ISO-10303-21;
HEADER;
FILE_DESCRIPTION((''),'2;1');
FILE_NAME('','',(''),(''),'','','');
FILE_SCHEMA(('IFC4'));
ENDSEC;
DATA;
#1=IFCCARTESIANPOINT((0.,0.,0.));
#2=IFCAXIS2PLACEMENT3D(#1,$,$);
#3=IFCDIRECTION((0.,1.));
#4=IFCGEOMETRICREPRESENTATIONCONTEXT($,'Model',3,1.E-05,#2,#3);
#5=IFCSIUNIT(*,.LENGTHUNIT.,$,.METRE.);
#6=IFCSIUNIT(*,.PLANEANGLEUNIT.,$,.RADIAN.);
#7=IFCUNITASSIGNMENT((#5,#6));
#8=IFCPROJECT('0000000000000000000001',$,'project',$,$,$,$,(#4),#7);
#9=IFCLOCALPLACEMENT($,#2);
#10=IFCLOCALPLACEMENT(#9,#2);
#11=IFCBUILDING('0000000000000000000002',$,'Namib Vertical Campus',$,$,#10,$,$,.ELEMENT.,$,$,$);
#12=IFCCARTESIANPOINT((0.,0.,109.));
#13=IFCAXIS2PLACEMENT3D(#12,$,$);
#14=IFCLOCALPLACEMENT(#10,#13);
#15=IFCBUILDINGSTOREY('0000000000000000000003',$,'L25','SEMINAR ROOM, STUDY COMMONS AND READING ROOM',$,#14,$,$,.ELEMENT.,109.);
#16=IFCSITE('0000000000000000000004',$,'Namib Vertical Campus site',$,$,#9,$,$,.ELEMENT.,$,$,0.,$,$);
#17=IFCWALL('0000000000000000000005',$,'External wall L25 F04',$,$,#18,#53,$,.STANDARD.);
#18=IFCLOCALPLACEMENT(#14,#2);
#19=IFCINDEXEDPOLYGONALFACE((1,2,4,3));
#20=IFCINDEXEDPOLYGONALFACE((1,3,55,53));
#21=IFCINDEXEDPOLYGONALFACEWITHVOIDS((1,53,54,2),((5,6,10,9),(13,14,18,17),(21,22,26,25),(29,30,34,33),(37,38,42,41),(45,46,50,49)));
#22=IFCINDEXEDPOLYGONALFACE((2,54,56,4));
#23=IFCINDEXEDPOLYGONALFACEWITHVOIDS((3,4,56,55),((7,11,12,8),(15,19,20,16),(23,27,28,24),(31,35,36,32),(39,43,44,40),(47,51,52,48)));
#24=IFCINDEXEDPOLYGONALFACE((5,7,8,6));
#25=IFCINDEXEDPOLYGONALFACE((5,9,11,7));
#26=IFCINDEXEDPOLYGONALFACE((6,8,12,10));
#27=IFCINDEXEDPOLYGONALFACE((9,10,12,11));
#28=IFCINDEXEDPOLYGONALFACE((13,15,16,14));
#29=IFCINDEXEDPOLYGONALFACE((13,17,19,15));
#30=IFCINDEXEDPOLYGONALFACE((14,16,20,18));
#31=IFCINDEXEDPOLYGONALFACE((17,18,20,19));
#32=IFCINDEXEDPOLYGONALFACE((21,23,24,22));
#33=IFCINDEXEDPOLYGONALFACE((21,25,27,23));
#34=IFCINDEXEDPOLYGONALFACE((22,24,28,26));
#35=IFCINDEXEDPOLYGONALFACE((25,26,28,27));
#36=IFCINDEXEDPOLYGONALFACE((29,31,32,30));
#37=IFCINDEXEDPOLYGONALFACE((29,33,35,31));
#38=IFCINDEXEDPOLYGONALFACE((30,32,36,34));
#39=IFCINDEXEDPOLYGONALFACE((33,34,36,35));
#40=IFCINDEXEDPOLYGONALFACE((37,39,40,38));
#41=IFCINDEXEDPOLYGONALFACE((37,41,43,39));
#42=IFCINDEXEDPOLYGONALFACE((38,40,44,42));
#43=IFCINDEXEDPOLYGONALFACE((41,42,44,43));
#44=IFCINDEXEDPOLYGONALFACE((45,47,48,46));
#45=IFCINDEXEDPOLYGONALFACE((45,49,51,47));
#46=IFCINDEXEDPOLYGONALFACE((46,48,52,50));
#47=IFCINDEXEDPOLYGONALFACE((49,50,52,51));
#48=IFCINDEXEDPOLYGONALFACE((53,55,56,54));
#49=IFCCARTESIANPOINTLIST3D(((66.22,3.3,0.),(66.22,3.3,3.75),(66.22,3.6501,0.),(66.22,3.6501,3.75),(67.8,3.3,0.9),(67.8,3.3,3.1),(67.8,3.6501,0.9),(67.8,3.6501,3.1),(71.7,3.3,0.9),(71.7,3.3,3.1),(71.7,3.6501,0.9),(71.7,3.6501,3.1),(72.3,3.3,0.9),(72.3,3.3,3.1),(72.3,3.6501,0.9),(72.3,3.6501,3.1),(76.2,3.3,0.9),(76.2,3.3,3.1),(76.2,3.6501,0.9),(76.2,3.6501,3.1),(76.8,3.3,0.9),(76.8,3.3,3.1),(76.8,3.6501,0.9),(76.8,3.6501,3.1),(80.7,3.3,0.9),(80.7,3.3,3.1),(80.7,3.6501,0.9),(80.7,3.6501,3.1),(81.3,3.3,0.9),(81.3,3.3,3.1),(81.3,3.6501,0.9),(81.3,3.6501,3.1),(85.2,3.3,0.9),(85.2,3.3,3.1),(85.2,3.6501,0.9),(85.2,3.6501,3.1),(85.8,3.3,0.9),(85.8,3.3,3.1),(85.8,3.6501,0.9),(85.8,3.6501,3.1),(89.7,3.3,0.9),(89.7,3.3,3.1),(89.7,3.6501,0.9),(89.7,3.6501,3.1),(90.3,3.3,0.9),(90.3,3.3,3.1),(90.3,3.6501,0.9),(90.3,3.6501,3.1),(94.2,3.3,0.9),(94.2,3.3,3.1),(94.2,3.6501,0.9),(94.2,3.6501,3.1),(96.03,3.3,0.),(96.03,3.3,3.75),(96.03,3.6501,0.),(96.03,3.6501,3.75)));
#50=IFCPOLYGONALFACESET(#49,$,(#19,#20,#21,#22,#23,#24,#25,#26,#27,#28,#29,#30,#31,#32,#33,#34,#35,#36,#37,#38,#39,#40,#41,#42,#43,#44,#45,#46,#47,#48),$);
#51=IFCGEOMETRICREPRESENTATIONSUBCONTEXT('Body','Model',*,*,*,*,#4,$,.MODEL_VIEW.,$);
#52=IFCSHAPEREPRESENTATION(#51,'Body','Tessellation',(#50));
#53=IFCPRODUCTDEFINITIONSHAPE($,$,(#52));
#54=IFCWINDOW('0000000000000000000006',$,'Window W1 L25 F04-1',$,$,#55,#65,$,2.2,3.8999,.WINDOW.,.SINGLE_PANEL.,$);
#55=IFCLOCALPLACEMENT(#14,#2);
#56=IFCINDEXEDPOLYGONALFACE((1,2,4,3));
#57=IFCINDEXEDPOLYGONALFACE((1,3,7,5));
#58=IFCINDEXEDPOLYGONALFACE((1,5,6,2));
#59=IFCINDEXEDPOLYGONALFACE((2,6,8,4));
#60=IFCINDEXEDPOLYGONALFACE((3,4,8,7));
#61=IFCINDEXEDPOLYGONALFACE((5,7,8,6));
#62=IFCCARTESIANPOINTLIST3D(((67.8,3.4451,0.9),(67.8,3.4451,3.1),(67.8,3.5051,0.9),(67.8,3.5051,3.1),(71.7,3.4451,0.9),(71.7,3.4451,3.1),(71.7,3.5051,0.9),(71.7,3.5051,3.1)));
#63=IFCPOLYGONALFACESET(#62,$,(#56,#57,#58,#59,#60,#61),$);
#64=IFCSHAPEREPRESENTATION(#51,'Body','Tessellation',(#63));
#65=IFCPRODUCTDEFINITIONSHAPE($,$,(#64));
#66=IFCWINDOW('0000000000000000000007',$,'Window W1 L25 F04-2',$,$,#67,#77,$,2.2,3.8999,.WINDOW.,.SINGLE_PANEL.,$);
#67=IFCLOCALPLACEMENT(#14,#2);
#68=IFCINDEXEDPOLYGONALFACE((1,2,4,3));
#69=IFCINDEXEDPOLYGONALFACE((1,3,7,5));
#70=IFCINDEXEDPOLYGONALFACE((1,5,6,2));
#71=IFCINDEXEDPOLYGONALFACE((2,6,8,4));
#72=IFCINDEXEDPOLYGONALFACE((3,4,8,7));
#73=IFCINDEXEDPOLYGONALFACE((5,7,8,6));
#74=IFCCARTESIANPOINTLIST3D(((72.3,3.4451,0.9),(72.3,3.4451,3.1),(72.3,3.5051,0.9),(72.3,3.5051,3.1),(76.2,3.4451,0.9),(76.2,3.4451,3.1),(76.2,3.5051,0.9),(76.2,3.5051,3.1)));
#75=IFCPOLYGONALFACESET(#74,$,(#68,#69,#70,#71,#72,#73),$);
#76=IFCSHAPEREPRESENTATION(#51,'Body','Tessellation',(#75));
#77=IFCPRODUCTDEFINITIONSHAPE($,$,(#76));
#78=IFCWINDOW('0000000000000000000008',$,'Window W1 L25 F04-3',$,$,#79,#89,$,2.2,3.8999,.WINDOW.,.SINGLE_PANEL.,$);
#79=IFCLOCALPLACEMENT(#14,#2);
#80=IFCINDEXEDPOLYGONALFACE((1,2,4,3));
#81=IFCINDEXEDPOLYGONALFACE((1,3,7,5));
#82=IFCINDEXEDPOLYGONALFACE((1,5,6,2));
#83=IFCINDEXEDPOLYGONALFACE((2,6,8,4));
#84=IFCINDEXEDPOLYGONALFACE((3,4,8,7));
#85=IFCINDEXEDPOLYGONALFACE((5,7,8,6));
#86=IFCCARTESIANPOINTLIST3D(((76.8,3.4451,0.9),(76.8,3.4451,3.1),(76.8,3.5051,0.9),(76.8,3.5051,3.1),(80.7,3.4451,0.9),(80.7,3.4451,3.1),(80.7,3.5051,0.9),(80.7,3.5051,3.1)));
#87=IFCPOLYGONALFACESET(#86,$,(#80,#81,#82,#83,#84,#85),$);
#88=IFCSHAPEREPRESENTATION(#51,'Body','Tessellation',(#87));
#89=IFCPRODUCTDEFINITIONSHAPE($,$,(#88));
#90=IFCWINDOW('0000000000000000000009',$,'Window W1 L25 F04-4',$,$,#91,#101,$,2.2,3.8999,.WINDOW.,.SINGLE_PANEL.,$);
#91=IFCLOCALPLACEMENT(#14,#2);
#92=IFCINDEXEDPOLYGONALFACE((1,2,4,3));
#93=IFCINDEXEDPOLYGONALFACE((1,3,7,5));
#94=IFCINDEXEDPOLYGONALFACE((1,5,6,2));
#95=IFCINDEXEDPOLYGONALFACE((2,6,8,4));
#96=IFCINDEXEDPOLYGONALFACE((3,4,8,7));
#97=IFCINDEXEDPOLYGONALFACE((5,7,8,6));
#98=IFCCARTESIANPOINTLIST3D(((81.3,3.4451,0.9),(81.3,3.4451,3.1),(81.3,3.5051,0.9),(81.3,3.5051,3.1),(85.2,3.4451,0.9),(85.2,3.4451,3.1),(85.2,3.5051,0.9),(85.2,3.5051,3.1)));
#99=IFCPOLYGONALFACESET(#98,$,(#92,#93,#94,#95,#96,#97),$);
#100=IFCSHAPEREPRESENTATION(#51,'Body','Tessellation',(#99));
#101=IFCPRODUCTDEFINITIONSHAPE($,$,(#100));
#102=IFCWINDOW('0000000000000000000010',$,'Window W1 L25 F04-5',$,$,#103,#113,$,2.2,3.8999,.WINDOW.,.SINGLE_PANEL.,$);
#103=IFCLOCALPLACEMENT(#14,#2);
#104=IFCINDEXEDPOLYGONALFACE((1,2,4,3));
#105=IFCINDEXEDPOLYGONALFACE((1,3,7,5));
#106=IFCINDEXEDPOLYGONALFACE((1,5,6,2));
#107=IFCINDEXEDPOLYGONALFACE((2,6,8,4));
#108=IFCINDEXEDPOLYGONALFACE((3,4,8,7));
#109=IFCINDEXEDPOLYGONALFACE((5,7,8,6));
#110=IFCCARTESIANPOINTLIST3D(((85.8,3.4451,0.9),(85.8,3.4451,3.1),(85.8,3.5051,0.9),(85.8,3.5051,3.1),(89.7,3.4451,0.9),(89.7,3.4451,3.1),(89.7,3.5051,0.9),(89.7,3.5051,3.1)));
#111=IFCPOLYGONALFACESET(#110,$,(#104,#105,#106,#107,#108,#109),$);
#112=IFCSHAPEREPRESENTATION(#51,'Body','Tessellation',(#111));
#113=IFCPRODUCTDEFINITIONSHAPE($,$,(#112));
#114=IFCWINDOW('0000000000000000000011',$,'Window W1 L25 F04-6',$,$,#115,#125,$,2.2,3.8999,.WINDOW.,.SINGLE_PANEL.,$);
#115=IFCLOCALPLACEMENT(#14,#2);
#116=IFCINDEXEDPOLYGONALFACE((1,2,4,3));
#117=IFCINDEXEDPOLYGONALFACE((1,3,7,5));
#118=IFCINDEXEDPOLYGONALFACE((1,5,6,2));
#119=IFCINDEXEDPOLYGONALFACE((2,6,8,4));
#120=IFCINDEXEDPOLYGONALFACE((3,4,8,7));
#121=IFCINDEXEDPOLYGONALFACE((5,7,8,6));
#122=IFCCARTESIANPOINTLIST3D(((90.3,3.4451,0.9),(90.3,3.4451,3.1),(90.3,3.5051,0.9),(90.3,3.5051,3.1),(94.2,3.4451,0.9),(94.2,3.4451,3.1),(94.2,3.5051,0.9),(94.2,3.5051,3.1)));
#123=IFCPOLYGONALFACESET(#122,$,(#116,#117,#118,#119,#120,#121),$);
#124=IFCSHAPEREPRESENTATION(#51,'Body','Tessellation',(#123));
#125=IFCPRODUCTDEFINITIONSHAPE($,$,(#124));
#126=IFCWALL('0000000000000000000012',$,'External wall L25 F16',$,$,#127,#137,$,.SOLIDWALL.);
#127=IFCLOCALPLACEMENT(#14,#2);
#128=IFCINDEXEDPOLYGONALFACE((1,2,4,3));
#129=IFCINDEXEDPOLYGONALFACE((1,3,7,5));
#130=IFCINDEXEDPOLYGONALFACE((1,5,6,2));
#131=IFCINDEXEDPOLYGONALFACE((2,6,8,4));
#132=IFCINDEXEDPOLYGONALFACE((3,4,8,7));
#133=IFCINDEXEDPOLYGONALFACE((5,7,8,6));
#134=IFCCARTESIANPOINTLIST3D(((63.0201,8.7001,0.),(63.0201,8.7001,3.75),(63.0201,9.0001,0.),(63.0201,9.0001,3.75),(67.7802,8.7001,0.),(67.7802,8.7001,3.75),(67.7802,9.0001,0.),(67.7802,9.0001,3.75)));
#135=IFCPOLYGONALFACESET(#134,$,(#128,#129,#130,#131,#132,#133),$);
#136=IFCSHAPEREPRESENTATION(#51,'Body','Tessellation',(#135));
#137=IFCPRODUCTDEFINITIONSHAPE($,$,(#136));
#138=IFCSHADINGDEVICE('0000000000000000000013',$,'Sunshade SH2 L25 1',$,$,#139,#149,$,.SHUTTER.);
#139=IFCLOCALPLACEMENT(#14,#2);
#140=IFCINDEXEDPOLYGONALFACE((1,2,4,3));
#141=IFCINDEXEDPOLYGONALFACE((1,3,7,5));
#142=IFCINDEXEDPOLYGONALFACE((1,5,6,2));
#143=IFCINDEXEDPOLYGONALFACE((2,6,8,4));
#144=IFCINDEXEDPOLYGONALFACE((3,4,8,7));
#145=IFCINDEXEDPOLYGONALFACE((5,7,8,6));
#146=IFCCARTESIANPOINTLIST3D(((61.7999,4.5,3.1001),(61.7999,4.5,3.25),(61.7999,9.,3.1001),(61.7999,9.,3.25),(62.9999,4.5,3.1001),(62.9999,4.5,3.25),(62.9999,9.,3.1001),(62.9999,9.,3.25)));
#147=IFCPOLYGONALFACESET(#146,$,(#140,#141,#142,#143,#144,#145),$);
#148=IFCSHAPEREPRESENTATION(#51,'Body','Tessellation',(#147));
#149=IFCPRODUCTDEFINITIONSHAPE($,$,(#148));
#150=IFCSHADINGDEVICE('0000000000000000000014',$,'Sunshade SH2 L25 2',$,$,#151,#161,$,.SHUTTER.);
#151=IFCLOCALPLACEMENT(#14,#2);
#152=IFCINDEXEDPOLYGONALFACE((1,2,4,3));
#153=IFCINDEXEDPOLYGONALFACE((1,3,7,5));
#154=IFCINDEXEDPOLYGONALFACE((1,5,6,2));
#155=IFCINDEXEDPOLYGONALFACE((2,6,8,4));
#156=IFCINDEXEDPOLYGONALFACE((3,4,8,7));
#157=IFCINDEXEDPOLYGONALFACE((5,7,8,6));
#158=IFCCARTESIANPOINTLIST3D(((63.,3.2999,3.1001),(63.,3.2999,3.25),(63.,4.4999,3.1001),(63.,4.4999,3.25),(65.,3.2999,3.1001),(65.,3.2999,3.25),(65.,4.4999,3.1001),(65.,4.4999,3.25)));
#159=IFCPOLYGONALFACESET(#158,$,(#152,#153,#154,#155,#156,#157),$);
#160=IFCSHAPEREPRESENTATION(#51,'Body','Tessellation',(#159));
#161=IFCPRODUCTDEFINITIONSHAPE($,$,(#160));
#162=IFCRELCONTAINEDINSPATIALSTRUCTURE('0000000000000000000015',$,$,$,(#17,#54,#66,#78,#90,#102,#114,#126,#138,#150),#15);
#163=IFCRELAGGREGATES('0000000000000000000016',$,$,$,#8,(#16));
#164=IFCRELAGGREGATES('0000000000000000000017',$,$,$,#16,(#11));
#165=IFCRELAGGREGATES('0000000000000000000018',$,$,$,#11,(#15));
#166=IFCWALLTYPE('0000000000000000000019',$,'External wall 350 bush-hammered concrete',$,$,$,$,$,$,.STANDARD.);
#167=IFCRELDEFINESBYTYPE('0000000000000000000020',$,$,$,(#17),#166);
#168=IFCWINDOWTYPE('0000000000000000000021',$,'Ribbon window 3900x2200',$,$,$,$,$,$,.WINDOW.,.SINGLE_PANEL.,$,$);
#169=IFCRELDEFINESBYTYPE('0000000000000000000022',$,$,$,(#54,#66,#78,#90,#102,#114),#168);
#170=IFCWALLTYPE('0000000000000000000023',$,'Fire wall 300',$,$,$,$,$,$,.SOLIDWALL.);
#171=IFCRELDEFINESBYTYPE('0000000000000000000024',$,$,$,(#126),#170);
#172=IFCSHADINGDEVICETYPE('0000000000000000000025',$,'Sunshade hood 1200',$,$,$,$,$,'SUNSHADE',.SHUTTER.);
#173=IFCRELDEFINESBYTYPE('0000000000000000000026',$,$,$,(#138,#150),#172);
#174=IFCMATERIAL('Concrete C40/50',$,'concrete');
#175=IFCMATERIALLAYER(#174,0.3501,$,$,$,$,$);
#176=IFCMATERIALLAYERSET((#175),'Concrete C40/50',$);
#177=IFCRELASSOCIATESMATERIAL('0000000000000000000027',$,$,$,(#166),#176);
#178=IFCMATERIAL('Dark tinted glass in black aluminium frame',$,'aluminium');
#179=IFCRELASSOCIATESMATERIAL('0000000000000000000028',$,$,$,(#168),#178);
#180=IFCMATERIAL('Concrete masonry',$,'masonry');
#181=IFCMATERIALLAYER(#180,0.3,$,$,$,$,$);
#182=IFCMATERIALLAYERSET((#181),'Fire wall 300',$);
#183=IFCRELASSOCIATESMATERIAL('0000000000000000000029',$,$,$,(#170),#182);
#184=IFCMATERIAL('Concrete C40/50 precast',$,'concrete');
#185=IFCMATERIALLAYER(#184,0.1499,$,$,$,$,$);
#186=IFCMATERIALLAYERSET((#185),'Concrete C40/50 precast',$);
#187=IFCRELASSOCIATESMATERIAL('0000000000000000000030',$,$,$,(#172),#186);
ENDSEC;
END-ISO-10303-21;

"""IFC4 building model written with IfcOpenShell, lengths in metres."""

from ifc_helpers import new_model, si_unit, direction, frame, frame_2d, origin, origin_2d, place, context, subcontext, project, spatial, rectangle, extrude, material, layer, layer_set, type_object, element, fill, save


model = new_model("IFC4")

# Units and contexts
model_context = context("Model", 3, precision=1e-05, world=origin(), true_north=direction((0.0, 1.0)))
body_context = subcontext(model_context, "Body", "Model", "MODEL_VIEW")
ifc_project = project(units=[si_unit("LENGTHUNIT", "METRE"), si_unit("PLANEANGLEUNIT", "RADIAN")], contexts=[model_context])

# Site, building, storey
site_placement = place(None, origin())
site = spatial("IfcSite", under=ifc_project, at=site_placement, Name="Namib Vertical Campus site", CompositionType="ELEMENT", RefElevation=0.0)
building_placement = place(site_placement, origin())
building = spatial("IfcBuilding", under=site, at=building_placement, Name="Namib Vertical Campus", CompositionType="ELEMENT")
storey_placement = place(building_placement, frame((0.0, 0.0, 109.0)))
storey = spatial("IfcBuildingStorey", under=building, at=storey_placement, Name="L25", Description="SEMINAR ROOM, STUDY COMMONS AND READING ROOM", CompositionType="ELEMENT", Elevation=109.0)

# Shared definitions
ifc_material_1 = material(Name="Concrete C40/50", Category="concrete")
ifc_layer_1 = layer(ifc_material_1, 0.3501)
ifc_layer_set_1 = layer_set([ifc_layer_1], Name="Concrete C40/50")
wall_type_1 = type_object("IfcWallType", Name="External wall 350 bush-hammered concrete", PredefinedType="STANDARD", material=ifc_layer_set_1)

# Wall, openings, windows
wall_1_placement = place(storey_placement, frame((66.22, 3.4751, 0.0), z_axis=(0.0, 0.0, 1.0), x_axis=(1.0, 0.0, 0.0)))
wall_1 = element("IfcWall", 1, at=wall_1_placement, inside=storey, type_object=wall_type_1, Name="External wall L25 F04", PredefinedType="STANDARD", context=body_context, shape_type="SweptSolid", body=[
    extrude(rectangle(XDim=29.8101, YDim=0.3501, at=frame_2d((14.905, 0.0))), origin(), (0.0, 0.0, 1.0), 3.75),
])
opening_1_placement = place(wall_1_placement, frame((1.5801, 0.0, 0.8999)))
opening_1 = element("IfcOpeningElement", 2, at=opening_1_placement, cuts=wall_1, PredefinedType="OPENING", context=body_context, shape_type="SweptSolid", body=[
    extrude(rectangle(XDim=3.8999, YDim=2.2, at=frame_2d((1.95, 1.1001))), frame((0.0, 0.1851, 0.0), z_axis=(0.0, -1.0, 0.0), x_axis=(1.0, 0.0, 0.0)), (0.0, 0.0, 1.0), 0.3701),
])
opening_2_placement = place(wall_1_placement, frame((6.0801, 0.0, 0.8999)))
opening_2 = element("IfcOpeningElement", 3, at=opening_2_placement, cuts=wall_1, PredefinedType="OPENING", context=body_context, shape_type="SweptSolid", body=[
    extrude(rectangle(XDim=3.8999, YDim=2.2, at=frame_2d((1.95, 1.1001))), frame((0.0, 0.1851, 0.0), z_axis=(0.0, -1.0, 0.0), x_axis=(1.0, 0.0, 0.0)), (0.0, 0.0, 1.0), 0.3701),
])
opening_3_placement = place(wall_1_placement, frame((10.5801, 0.0, 0.8999)))
opening_3 = element("IfcOpeningElement", 4, at=opening_3_placement, cuts=wall_1, PredefinedType="OPENING", context=body_context, shape_type="SweptSolid", body=[
    extrude(rectangle(XDim=3.8999, YDim=2.2, at=frame_2d((1.95, 1.1001))), frame((0.0, 0.1851, 0.0), z_axis=(0.0, -1.0, 0.0), x_axis=(1.0, 0.0, 0.0)), (0.0, 0.0, 1.0), 0.3701),
])
opening_4_placement = place(wall_1_placement, frame((15.0801, 0.0, 0.8999)))
opening_4 = element("IfcOpeningElement", 5, at=opening_4_placement, cuts=wall_1, PredefinedType="OPENING", context=body_context, shape_type="SweptSolid", body=[
    extrude(rectangle(XDim=3.8999, YDim=2.2, at=frame_2d((1.95, 1.1001))), frame((0.0, 0.1851, 0.0), z_axis=(0.0, -1.0, 0.0), x_axis=(1.0, 0.0, 0.0)), (0.0, 0.0, 1.0), 0.3701),
])
opening_5_placement = place(wall_1_placement, frame((19.5801, 0.0, 0.8999)))
opening_5 = element("IfcOpeningElement", 6, at=opening_5_placement, cuts=wall_1, PredefinedType="OPENING", context=body_context, shape_type="SweptSolid", body=[
    extrude(rectangle(XDim=3.8999, YDim=2.2, at=frame_2d((1.95, 1.1001))), frame((0.0, 0.1851, 0.0), z_axis=(0.0, -1.0, 0.0), x_axis=(1.0, 0.0, 0.0)), (0.0, 0.0, 1.0), 0.3701),
])
opening_6_placement = place(wall_1_placement, frame((24.0801, 0.0, 0.8999)))
opening_6 = element("IfcOpeningElement", 7, at=opening_6_placement, cuts=wall_1, PredefinedType="OPENING", context=body_context, shape_type="SweptSolid", body=[
    extrude(rectangle(XDim=3.8999, YDim=2.2, at=frame_2d((1.95, 1.1001))), frame((0.0, 0.1851, 0.0), z_axis=(0.0, -1.0, 0.0), x_axis=(1.0, 0.0, 0.0)), (0.0, 0.0, 1.0), 0.3701),
])
ifc_material_2 = material(Name="Dark tinted glass in black aluminium frame", Category="aluminium")
window_type = type_object("IfcWindowType", Name="Ribbon window 3900x2200", PartitioningType="SINGLE_PANEL", PredefinedType="WINDOW", material=ifc_material_2)
window_1_placement = place(opening_1_placement, origin())
window_1 = element("IfcWindow", 8, at=window_1_placement, inside=storey, type_object=window_type, Name="Window W1 L25 F04-1", OverallHeight=2.2, OverallWidth=3.8999, PartitioningType="SINGLE_PANEL", PredefinedType="WINDOW", context=body_context, shape_type="SweptSolid", body=[
    extrude(rectangle(XDim=3.8999, YDim=2.2, at=frame_2d((1.95, 1.1001))), frame((0.0, 0.03, 0.0), z_axis=(0.0, -1.0, 0.0), x_axis=(1.0, 0.0, 0.0)), (0.0, 0.0, 1.0), 0.0601),
])
fill(opening_1, window_1)
window_2_placement = place(opening_2_placement, origin())
window_2 = element("IfcWindow", 9, at=window_2_placement, inside=storey, type_object=window_type, Name="Window W1 L25 F04-2", OverallHeight=2.2, OverallWidth=3.8999, PartitioningType="SINGLE_PANEL", PredefinedType="WINDOW", context=body_context, shape_type="SweptSolid", body=[
    extrude(rectangle(XDim=3.8999, YDim=2.2, at=frame_2d((1.95, 1.1001))), frame((0.0, 0.03, 0.0), z_axis=(0.0, -1.0, 0.0), x_axis=(1.0, 0.0, 0.0)), (0.0, 0.0, 1.0), 0.0601),
])
fill(opening_2, window_2)
window_3_placement = place(opening_3_placement, origin())
window_3 = element("IfcWindow", 10, at=window_3_placement, inside=storey, type_object=window_type, Name="Window W1 L25 F04-3", OverallHeight=2.2, OverallWidth=3.8999, PartitioningType="SINGLE_PANEL", PredefinedType="WINDOW", context=body_context, shape_type="SweptSolid", body=[
    extrude(rectangle(XDim=3.8999, YDim=2.2, at=frame_2d((1.95, 1.1001))), frame((0.0, 0.03, 0.0), z_axis=(0.0, -1.0, 0.0), x_axis=(1.0, 0.0, 0.0)), (0.0, 0.0, 1.0), 0.0601),
])
fill(opening_3, window_3)
window_4_placement = place(opening_4_placement, origin())
window_4 = element("IfcWindow", 11, at=window_4_placement, inside=storey, type_object=window_type, Name="Window W1 L25 F04-4", OverallHeight=2.2, OverallWidth=3.8999, PartitioningType="SINGLE_PANEL", PredefinedType="WINDOW", context=body_context, shape_type="SweptSolid", body=[
    extrude(rectangle(XDim=3.8999, YDim=2.2, at=frame_2d((1.95, 1.1001))), frame((0.0, 0.03, 0.0), z_axis=(0.0, -1.0, 0.0), x_axis=(1.0, 0.0, 0.0)), (0.0, 0.0, 1.0), 0.0601),
])
fill(opening_4, window_4)
window_5_placement = place(opening_5_placement, origin())
window_5 = element("IfcWindow", 12, at=window_5_placement, inside=storey, type_object=window_type, Name="Window W1 L25 F04-5", OverallHeight=2.2, OverallWidth=3.8999, PartitioningType="SINGLE_PANEL", PredefinedType="WINDOW", context=body_context, shape_type="SweptSolid", body=[
    extrude(rectangle(XDim=3.8999, YDim=2.2, at=frame_2d((1.95, 1.1001))), frame((0.0, 0.03, 0.0), z_axis=(0.0, -1.0, 0.0), x_axis=(1.0, 0.0, 0.0)), (0.0, 0.0, 1.0), 0.0601),
])
fill(opening_5, window_5)
window_6_placement = place(opening_6_placement, origin())
window_6 = element("IfcWindow", 13, at=window_6_placement, inside=storey, type_object=window_type, Name="Window W1 L25 F04-6", OverallHeight=2.2, OverallWidth=3.8999, PartitioningType="SINGLE_PANEL", PredefinedType="WINDOW", context=body_context, shape_type="SweptSolid", body=[
    extrude(rectangle(XDim=3.8999, YDim=2.2, at=frame_2d((1.95, 1.1001))), frame((0.0, 0.03, 0.0), z_axis=(0.0, -1.0, 0.0), x_axis=(1.0, 0.0, 0.0)), (0.0, 0.0, 1.0), 0.0601),
])
fill(opening_6, window_6)

# Wall
ifc_material_3 = material(Name="Concrete masonry", Category="masonry")
ifc_layer_2 = layer(ifc_material_3, 0.3)
ifc_layer_set_2 = layer_set([ifc_layer_2], Name="Fire wall 300")
wall_type_2 = type_object("IfcWallType", Name="Fire wall 300", PredefinedType="SOLIDWALL", material=ifc_layer_set_2)
wall_2_placement = place(storey_placement, frame((67.78, 8.8501, 0.0), z_axis=(0.0, 0.0, 1.0), x_axis=(-1.0, 0.0, 0.0)))
element("IfcWall", 14, at=wall_2_placement, inside=storey, type_object=wall_type_2, Name="External wall L25 F16", PredefinedType="SOLIDWALL", context=body_context, shape_type="SweptSolid", body=[
    extrude(rectangle(XDim=4.76, YDim=0.3, at=frame_2d((2.3799, 0.0))), origin(), (0.0, 0.0, 1.0), 3.75),
])

# Shading devices
ifc_material_4 = material(Name="Concrete C40/50 precast", Category="concrete")
ifc_layer_3 = layer(ifc_material_4, 0.1499)
ifc_layer_set_3 = layer_set([ifc_layer_3], Name="Concrete C40/50 precast")
shading_device_type = type_object("IfcShadingDeviceType", Name="Sunshade hood 1200", ElementType="SUNSHADE", PredefinedType="SHUTTER", material=ifc_layer_set_3)
shading_device_1_placement = place(storey_placement, frame((62.3999, 6.75, 3.1001), z_axis=(0.0, 0.0, 1.0), x_axis=(0.0, -1.0, 0.0)))
element("IfcShadingDevice", 15, at=shading_device_1_placement, inside=storey, type_object=shading_device_type, Name="Sunshade SH2 L25 1", PredefinedType="SHUTTER", context=body_context, shape_type="SweptSolid", body=[
    extrude(rectangle(XDim=4.5, YDim=1.2, at=origin_2d()), origin(), (0.0, 0.0, 1.0), 0.1499),
])
shading_device_2_placement = place(storey_placement, frame((64.0, 3.8999, 3.1001), z_axis=(0.0, 0.0, 1.0), x_axis=(1.0, 0.0, 0.0)))
element("IfcShadingDevice", 16, at=shading_device_2_placement, inside=storey, type_object=shading_device_type, Name="Sunshade SH2 L25 2", PredefinedType="SHUTTER", context=body_context, shape_type="SweptSolid", body=[
    extrude(rectangle(XDim=2.0, YDim=1.2, at=origin_2d()), origin(), (0.0, 0.0, 1.0), 0.1499),
])

save(model, "model.ifc")
